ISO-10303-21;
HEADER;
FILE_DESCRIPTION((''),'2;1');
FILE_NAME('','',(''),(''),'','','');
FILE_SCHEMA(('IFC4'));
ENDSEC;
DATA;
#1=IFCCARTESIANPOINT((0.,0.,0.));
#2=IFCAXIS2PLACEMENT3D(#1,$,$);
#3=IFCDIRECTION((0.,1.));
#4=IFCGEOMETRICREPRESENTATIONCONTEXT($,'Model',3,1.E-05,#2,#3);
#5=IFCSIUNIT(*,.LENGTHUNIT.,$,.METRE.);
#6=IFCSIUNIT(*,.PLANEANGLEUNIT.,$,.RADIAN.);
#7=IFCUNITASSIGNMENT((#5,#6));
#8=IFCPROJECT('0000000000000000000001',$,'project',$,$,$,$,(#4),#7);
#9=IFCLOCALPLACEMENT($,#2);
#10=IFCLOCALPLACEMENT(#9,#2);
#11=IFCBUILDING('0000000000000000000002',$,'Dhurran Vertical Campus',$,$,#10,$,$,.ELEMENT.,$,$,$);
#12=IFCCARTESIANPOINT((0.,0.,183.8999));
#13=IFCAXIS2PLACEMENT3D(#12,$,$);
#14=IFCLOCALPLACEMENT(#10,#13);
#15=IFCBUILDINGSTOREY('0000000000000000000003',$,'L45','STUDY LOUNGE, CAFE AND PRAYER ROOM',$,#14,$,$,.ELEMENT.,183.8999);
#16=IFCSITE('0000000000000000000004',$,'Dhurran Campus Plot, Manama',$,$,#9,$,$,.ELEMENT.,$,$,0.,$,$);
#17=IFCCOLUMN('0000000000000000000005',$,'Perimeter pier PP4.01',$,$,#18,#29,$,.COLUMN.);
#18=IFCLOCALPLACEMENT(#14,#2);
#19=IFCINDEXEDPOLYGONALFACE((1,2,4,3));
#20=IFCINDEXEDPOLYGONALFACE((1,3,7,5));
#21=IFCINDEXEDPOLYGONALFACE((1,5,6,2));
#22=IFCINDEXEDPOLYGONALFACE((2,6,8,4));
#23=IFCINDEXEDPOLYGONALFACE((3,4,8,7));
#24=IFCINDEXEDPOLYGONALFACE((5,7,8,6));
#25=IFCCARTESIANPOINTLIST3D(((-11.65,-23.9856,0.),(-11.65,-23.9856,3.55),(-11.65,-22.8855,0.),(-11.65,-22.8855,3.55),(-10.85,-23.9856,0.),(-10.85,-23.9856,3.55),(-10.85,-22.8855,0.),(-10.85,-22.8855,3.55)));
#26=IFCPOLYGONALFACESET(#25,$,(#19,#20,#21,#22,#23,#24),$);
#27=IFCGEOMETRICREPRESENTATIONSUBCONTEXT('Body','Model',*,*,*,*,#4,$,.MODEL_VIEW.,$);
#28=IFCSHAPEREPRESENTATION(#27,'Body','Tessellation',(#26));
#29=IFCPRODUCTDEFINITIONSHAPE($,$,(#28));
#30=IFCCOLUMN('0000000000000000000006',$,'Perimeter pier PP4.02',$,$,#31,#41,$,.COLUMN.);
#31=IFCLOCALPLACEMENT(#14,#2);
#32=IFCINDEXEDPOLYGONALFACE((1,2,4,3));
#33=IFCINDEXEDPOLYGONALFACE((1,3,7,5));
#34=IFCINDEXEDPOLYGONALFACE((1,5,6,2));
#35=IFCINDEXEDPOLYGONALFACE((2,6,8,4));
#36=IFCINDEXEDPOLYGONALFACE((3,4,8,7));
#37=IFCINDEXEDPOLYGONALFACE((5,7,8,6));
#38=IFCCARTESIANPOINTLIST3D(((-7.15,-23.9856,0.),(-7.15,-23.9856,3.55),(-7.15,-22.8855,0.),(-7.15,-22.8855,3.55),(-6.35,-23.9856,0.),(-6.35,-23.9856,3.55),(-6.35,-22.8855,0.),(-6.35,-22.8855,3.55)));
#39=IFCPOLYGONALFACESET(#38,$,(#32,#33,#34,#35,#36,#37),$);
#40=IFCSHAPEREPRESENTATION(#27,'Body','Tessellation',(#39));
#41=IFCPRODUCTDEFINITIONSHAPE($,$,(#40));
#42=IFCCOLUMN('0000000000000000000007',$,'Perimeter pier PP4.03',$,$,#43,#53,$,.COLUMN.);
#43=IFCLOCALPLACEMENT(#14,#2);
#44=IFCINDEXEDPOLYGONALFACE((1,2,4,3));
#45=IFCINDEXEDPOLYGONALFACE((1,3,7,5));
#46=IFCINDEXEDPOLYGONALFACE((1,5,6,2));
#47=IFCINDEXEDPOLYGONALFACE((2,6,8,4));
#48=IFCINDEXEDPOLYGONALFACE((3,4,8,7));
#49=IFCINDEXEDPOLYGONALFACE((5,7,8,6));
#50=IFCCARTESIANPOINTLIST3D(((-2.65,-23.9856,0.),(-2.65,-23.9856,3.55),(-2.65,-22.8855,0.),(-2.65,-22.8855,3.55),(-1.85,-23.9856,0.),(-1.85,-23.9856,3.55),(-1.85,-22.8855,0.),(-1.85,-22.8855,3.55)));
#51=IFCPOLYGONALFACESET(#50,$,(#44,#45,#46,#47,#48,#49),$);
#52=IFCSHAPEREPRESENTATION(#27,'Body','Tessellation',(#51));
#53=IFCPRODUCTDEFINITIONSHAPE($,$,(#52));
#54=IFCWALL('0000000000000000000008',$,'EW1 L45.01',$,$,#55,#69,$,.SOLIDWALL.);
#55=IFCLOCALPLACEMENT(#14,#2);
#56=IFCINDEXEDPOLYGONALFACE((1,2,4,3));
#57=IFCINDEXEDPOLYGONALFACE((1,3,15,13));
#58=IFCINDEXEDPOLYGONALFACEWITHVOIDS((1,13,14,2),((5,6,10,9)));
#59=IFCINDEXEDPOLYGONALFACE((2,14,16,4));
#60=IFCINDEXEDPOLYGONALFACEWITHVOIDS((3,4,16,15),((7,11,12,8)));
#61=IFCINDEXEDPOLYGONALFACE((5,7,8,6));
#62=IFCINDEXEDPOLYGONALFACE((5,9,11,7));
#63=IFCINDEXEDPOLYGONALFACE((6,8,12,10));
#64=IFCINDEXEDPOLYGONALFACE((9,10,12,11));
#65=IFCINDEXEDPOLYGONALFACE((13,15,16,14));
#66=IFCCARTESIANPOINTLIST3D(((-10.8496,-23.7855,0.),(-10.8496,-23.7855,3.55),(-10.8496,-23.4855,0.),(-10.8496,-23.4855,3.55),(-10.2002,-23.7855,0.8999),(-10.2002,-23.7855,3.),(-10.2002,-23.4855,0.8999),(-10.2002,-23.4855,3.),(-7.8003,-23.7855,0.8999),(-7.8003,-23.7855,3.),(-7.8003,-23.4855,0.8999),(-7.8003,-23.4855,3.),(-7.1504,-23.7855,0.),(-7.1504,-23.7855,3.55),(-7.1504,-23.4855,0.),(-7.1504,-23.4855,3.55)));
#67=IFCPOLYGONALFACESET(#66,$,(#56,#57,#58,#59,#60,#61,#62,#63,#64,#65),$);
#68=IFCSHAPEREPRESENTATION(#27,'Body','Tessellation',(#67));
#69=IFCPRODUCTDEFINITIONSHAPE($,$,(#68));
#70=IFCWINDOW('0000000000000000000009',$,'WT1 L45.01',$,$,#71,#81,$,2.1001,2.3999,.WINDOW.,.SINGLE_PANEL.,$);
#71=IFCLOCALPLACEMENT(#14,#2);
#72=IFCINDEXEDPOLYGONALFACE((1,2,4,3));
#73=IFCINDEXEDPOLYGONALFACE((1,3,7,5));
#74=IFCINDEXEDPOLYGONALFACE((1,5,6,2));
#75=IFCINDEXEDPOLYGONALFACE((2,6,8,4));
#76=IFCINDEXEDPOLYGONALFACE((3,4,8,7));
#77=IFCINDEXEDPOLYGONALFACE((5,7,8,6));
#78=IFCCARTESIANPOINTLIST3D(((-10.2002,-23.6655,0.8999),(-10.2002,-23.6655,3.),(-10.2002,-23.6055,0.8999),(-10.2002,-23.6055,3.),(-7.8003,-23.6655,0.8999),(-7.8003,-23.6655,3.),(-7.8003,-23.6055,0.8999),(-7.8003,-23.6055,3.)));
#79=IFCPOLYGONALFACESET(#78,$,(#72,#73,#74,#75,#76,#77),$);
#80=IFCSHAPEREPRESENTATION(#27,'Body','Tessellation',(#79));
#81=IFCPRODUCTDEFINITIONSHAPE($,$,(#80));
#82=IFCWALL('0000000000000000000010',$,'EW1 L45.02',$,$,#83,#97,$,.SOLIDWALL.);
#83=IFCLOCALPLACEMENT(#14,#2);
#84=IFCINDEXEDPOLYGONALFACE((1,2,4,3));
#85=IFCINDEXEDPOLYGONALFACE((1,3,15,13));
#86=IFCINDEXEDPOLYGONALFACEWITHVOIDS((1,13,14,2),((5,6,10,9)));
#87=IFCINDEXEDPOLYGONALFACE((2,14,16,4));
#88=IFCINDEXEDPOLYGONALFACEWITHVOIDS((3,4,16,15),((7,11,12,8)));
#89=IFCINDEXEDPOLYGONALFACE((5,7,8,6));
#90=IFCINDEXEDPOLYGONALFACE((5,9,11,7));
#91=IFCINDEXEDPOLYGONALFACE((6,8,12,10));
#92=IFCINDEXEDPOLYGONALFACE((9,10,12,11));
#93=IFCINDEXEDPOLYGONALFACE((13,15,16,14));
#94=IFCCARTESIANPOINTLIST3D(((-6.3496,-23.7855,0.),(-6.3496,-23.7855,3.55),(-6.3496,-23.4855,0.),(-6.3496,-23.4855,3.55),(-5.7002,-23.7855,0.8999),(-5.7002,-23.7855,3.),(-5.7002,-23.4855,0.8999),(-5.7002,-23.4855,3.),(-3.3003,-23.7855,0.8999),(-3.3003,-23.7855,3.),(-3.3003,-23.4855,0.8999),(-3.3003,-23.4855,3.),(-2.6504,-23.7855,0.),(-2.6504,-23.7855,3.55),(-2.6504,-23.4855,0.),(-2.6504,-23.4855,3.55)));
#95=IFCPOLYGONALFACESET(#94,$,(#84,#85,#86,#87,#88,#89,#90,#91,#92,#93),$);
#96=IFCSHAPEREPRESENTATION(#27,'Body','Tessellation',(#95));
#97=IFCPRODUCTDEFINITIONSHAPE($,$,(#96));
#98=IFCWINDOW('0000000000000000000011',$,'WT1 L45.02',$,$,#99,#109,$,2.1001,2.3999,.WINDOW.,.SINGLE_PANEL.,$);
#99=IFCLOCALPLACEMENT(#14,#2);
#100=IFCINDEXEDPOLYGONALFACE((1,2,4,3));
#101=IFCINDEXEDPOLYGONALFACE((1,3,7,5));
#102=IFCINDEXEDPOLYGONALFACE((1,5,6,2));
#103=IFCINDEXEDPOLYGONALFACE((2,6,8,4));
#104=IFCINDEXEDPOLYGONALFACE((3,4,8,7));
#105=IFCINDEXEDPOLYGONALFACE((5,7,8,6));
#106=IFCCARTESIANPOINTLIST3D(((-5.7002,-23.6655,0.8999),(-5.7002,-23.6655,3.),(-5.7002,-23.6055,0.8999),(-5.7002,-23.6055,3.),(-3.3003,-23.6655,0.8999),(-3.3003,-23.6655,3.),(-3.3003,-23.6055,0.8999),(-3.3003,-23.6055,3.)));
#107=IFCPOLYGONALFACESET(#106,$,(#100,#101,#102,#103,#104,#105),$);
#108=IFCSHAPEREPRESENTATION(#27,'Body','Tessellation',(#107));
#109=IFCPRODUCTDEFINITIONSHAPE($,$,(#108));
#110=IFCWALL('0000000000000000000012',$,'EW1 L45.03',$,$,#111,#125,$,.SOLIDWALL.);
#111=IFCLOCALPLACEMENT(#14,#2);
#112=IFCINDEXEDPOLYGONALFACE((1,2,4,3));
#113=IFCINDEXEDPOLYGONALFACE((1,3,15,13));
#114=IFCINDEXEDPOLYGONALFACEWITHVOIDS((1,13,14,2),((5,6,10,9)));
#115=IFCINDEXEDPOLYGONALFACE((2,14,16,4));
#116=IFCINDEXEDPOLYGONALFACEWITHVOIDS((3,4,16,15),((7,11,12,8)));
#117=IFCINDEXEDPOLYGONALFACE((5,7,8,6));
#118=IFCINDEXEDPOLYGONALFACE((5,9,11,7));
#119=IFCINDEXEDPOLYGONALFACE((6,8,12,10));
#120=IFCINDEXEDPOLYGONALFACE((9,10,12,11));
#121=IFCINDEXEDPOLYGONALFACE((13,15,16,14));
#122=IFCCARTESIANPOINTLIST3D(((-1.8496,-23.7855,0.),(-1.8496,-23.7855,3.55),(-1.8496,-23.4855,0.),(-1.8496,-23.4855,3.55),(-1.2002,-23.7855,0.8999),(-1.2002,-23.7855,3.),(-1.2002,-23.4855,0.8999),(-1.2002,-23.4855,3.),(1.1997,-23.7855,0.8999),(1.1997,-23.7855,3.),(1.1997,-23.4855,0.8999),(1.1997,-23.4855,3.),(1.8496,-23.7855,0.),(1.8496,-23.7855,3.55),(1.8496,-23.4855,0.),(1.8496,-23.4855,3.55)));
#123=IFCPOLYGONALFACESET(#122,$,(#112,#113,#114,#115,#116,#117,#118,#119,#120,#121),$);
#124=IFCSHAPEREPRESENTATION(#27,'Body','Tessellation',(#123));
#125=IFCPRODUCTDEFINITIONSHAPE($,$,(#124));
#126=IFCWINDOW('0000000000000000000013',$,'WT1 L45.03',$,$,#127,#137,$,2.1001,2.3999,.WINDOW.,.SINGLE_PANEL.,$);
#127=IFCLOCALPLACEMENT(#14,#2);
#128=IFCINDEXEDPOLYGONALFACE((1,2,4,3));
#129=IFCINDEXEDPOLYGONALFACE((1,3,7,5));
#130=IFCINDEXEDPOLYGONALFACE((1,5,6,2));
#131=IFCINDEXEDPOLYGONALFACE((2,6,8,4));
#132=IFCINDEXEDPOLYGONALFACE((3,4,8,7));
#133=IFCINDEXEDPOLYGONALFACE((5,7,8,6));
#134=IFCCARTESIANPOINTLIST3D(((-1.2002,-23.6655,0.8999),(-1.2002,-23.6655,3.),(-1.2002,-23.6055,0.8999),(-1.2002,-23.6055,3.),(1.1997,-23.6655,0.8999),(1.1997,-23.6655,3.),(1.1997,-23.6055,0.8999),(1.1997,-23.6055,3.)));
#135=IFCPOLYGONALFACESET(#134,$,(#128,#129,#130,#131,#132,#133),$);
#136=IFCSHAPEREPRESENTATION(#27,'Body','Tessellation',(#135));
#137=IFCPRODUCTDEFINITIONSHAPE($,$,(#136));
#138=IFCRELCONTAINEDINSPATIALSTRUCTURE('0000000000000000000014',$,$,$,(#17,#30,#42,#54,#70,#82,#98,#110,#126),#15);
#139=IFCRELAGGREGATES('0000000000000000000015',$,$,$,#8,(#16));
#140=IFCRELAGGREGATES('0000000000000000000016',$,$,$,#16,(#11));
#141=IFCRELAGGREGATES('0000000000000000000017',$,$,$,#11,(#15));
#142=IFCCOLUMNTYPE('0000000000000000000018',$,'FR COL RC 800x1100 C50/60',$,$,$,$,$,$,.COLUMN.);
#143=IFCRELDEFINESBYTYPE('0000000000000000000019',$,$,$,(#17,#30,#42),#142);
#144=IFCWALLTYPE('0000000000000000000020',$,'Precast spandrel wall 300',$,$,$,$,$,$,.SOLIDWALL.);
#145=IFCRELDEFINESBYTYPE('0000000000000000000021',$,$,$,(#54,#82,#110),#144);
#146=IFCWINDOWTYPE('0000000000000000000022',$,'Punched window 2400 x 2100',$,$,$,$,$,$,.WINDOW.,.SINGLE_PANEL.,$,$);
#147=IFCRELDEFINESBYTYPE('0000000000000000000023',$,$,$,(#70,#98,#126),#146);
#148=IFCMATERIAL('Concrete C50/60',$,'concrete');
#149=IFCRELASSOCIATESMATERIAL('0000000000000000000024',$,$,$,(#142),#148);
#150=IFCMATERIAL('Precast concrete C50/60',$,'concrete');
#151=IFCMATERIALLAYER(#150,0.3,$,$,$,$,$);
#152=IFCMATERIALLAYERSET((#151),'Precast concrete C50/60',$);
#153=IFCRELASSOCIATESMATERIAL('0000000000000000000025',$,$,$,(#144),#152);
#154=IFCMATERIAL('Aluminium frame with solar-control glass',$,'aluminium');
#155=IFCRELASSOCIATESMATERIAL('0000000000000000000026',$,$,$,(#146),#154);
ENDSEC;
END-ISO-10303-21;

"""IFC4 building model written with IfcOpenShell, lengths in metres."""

from ifc_helpers import new_model, si_unit, direction, frame, frame_2d, origin, origin_2d, place, context, subcontext, project, spatial, rectangle, extrude, material, layer, layer_set, material_profile, profile_set, type_object, element, fill, save


model = new_model("IFC4")

# Units and contexts
model_context = context("Model", 3, precision=1e-05, world=origin(), true_north=direction((0.0, 1.0)))
body_context = subcontext(model_context, "Body", "Model", "MODEL_VIEW")
ifc_project = project(units=[si_unit("LENGTHUNIT", "METRE"), si_unit("PLANEANGLEUNIT", "RADIAN")], contexts=[model_context])

# Site, building, storey
site_placement = place(None, origin())
site = spatial("IfcSite", under=ifc_project, at=site_placement, Name="Dhurran Campus Plot, Manama", CompositionType="ELEMENT", RefElevation=0.0)
building_placement = place(site_placement, origin())
building = spatial("IfcBuilding", under=site, at=building_placement, Name="Dhurran Vertical Campus", CompositionType="ELEMENT")
storey_placement = place(building_placement, frame((0.0, 0.0, 183.8999)))
storey = spatial("IfcBuildingStorey", under=building, at=storey_placement, Name="L45", Description="STUDY LOUNGE, CAFE AND PRAYER ROOM", CompositionType="ELEMENT", Elevation=183.8999)

# Columns
ifc_material_1 = material(Name="Concrete C50/60", Category="concrete")
ifc_material_profile = material_profile(ifc_material_1, rectangle(XDim=0.8, YDim=1.1001, at=origin_2d()), Name="RC 800x1100")
ifc_profile_set = profile_set([ifc_material_profile], Name="Concrete C50/60")
column_type = type_object("IfcColumnType", Name="FR COL RC 800x1100 C50/60", PredefinedType="COLUMN", material=ifc_profile_set)
for number, where, z_axis, x_axis, name in (
    (1, (-11.25, -23.4355, 0.0), (0.0, 0.0, 1.0), (1.0, 0.0, 0.0), "Perimeter pier PP4.01"),
    (2, (-6.75, -23.4355, 0.0), (0.0, 0.0, 1.0), (1.0, 0.0, 0.0), "Perimeter pier PP4.02"),
    (3, (-2.25, -23.4355, 0.0), (0.0, 0.0, 1.0), (1.0, 0.0, 0.0), "Perimeter pier PP4.03"),
):
    element("IfcColumn", number, at=place(storey_placement, frame(where, z_axis=z_axis, x_axis=x_axis)), inside=storey, type_object=column_type, Name=name, PredefinedType="COLUMN", context=body_context, shape_type="SweptSolid", body=[
        extrude(rectangle(XDim=0.8, YDim=1.1001, at=origin_2d()), origin(), (0.0, 0.0, 1.0), 3.55),
    ])

# Walls, openings, windows
ifc_material_2 = material(Name="Precast concrete C50/60", Category="concrete")
ifc_layer_1 = layer(ifc_material_2, 0.3)
ifc_layer_set_1 = layer_set([ifc_layer_1], Name="Precast concrete C50/60")
wall_type_1 = type_object("IfcWallType", Name="Precast spandrel wall 300", PredefinedType="SOLIDWALL", material=ifc_layer_set_1)
wall_1_placement = place(storey_placement, frame((-10.8496, -23.6355, 0.0), z_axis=(0.0, 0.0, 1.0), x_axis=(1.0, 0.0, 0.0)))
wall_1 = element("IfcWall", 4, at=wall_1_placement, inside=storey, type_object=wall_type_1, Name="EW1 L45.01", PredefinedType="SOLIDWALL", context=body_context, shape_type="SweptSolid", body=[
    extrude(rectangle(XDim=3.6992, YDim=0.3, at=frame_2d((1.8496, 0.0))), origin(), (0.0, 0.0, 1.0), 3.55),
])
opening_1_placement = place(wall_1_placement, frame((0.6494, 0.0, 0.8999)))
opening_1 = element("IfcOpeningElement", 5, at=opening_1_placement, cuts=wall_1, PredefinedType="OPENING", context=body_context, shape_type="SweptSolid", body=[
    extrude(rectangle(XDim=2.3999, YDim=2.1001, at=frame_2d((1.2, 1.05))), frame((0.0, 0.1599, 0.0), z_axis=(0.0, -1.0, 0.0), x_axis=(1.0, 0.0, 0.0)), (0.0, 0.0, 1.0), 0.3201),
])
ifc_material_3 = material(Name="Aluminium frame with solar-control glass", Category="aluminium")
window_type = type_object("IfcWindowType", Name="Punched window 2400 x 2100", PartitioningType="SINGLE_PANEL", PredefinedType="WINDOW", material=ifc_material_3)
window_1_placement = place(opening_1_placement, origin())
window_1 = element("IfcWindow", 6, at=window_1_placement, inside=storey, type_object=window_type, Name="WT1 L45.01", OverallHeight=2.1001, OverallWidth=2.3999, PartitioningType="SINGLE_PANEL", PredefinedType="WINDOW", context=body_context, shape_type="SweptSolid", body=[
    extrude(rectangle(XDim=2.3999, YDim=2.1001, at=frame_2d((1.2, 1.05))), frame((0.0, 0.03, 0.0), z_axis=(0.0, -1.0, 0.0), x_axis=(1.0, 0.0, 0.0)), (0.0, 0.0, 1.0), 0.0601),
])
fill(opening_1, window_1)
wall_2_placement = place(storey_placement, frame((-6.3496, -23.6355, 0.0), z_axis=(0.0, 0.0, 1.0), x_axis=(1.0, 0.0, 0.0)))
wall_2 = element("IfcWall", 7, at=wall_2_placement, inside=storey, type_object=wall_type_1, Name="EW1 L45.02", PredefinedType="SOLIDWALL", context=body_context, shape_type="SweptSolid", body=[
    extrude(rectangle(XDim=3.6992, YDim=0.3, at=frame_2d((1.8496, 0.0))), origin(), (0.0, 0.0, 1.0), 3.55),
])
opening_2_placement = place(wall_2_placement, frame((0.6494, 0.0, 0.8999)))
opening_2 = element("IfcOpeningElement", 8, at=opening_2_placement, cuts=wall_2, PredefinedType="OPENING", context=body_context, shape_type="SweptSolid", body=[
    extrude(rectangle(XDim=2.3999, YDim=2.1001, at=frame_2d((1.2, 1.05))), frame((0.0, 0.1599, 0.0), z_axis=(0.0, -1.0, 0.0), x_axis=(1.0, 0.0, 0.0)), (0.0, 0.0, 1.0), 0.3201),
])
window_2_placement = place(opening_2_placement, origin())
window_2 = element("IfcWindow", 9, at=window_2_placement, inside=storey, type_object=window_type, Name="WT1 L45.02", OverallHeight=2.1001, OverallWidth=2.3999, PartitioningType="SINGLE_PANEL", PredefinedType="WINDOW", context=body_context, shape_type="SweptSolid", body=[
    extrude(rectangle(XDim=2.3999, YDim=2.1001, at=frame_2d((1.2, 1.05))), frame((0.0, 0.03, 0.0), z_axis=(0.0, -1.0, 0.0), x_axis=(1.0, 0.0, 0.0)), (0.0, 0.0, 1.0), 0.0601),
])
fill(opening_2, window_2)
wall_3_placement = place(storey_placement, frame((-1.8496, -23.6355, 0.0), z_axis=(0.0, 0.0, 1.0), x_axis=(1.0, 0.0, 0.0)))
wall_3 = element("IfcWall", 10, at=wall_3_placement, inside=storey, type_object=wall_type_1, Name="EW1 L45.03", PredefinedType="SOLIDWALL", context=body_context, shape_type="SweptSolid", body=[
    extrude(rectangle(XDim=3.6992, YDim=0.3, at=frame_2d((1.8496, 0.0))), origin(), (0.0, 0.0, 1.0), 3.55),
])
opening_3_placement = place(wall_3_placement, frame((0.6494, 0.0, 0.8999)))
opening_3 = element("IfcOpeningElement", 11, at=opening_3_placement, cuts=wall_3, PredefinedType="OPENING", context=body_context, shape_type="SweptSolid", body=[
    extrude(rectangle(XDim=2.3999, YDim=2.1001, at=frame_2d((1.2, 1.05))), frame((0.0, 0.1599, 0.0), z_axis=(0.0, -1.0, 0.0), x_axis=(1.0, 0.0, 0.0)), (0.0, 0.0, 1.0), 0.3201),
])
window_3_placement = place(opening_3_placement, origin())
window_3 = element("IfcWindow", 12, at=window_3_placement, inside=storey, type_object=window_type, Name="WT1 L45.03", OverallHeight=2.1001, OverallWidth=2.3999, PartitioningType="SINGLE_PANEL", PredefinedType="WINDOW", context=body_context, shape_type="SweptSolid", body=[
    extrude(rectangle(XDim=2.3999, YDim=2.1001, at=frame_2d((1.2, 1.05))), frame((0.0, 0.03, 0.0), z_axis=(0.0, -1.0, 0.0), x_axis=(1.0, 0.0, 0.0)), (0.0, 0.0, 1.0), 0.0601),
])
fill(opening_3, window_3)

save(model, "model.ifc")
